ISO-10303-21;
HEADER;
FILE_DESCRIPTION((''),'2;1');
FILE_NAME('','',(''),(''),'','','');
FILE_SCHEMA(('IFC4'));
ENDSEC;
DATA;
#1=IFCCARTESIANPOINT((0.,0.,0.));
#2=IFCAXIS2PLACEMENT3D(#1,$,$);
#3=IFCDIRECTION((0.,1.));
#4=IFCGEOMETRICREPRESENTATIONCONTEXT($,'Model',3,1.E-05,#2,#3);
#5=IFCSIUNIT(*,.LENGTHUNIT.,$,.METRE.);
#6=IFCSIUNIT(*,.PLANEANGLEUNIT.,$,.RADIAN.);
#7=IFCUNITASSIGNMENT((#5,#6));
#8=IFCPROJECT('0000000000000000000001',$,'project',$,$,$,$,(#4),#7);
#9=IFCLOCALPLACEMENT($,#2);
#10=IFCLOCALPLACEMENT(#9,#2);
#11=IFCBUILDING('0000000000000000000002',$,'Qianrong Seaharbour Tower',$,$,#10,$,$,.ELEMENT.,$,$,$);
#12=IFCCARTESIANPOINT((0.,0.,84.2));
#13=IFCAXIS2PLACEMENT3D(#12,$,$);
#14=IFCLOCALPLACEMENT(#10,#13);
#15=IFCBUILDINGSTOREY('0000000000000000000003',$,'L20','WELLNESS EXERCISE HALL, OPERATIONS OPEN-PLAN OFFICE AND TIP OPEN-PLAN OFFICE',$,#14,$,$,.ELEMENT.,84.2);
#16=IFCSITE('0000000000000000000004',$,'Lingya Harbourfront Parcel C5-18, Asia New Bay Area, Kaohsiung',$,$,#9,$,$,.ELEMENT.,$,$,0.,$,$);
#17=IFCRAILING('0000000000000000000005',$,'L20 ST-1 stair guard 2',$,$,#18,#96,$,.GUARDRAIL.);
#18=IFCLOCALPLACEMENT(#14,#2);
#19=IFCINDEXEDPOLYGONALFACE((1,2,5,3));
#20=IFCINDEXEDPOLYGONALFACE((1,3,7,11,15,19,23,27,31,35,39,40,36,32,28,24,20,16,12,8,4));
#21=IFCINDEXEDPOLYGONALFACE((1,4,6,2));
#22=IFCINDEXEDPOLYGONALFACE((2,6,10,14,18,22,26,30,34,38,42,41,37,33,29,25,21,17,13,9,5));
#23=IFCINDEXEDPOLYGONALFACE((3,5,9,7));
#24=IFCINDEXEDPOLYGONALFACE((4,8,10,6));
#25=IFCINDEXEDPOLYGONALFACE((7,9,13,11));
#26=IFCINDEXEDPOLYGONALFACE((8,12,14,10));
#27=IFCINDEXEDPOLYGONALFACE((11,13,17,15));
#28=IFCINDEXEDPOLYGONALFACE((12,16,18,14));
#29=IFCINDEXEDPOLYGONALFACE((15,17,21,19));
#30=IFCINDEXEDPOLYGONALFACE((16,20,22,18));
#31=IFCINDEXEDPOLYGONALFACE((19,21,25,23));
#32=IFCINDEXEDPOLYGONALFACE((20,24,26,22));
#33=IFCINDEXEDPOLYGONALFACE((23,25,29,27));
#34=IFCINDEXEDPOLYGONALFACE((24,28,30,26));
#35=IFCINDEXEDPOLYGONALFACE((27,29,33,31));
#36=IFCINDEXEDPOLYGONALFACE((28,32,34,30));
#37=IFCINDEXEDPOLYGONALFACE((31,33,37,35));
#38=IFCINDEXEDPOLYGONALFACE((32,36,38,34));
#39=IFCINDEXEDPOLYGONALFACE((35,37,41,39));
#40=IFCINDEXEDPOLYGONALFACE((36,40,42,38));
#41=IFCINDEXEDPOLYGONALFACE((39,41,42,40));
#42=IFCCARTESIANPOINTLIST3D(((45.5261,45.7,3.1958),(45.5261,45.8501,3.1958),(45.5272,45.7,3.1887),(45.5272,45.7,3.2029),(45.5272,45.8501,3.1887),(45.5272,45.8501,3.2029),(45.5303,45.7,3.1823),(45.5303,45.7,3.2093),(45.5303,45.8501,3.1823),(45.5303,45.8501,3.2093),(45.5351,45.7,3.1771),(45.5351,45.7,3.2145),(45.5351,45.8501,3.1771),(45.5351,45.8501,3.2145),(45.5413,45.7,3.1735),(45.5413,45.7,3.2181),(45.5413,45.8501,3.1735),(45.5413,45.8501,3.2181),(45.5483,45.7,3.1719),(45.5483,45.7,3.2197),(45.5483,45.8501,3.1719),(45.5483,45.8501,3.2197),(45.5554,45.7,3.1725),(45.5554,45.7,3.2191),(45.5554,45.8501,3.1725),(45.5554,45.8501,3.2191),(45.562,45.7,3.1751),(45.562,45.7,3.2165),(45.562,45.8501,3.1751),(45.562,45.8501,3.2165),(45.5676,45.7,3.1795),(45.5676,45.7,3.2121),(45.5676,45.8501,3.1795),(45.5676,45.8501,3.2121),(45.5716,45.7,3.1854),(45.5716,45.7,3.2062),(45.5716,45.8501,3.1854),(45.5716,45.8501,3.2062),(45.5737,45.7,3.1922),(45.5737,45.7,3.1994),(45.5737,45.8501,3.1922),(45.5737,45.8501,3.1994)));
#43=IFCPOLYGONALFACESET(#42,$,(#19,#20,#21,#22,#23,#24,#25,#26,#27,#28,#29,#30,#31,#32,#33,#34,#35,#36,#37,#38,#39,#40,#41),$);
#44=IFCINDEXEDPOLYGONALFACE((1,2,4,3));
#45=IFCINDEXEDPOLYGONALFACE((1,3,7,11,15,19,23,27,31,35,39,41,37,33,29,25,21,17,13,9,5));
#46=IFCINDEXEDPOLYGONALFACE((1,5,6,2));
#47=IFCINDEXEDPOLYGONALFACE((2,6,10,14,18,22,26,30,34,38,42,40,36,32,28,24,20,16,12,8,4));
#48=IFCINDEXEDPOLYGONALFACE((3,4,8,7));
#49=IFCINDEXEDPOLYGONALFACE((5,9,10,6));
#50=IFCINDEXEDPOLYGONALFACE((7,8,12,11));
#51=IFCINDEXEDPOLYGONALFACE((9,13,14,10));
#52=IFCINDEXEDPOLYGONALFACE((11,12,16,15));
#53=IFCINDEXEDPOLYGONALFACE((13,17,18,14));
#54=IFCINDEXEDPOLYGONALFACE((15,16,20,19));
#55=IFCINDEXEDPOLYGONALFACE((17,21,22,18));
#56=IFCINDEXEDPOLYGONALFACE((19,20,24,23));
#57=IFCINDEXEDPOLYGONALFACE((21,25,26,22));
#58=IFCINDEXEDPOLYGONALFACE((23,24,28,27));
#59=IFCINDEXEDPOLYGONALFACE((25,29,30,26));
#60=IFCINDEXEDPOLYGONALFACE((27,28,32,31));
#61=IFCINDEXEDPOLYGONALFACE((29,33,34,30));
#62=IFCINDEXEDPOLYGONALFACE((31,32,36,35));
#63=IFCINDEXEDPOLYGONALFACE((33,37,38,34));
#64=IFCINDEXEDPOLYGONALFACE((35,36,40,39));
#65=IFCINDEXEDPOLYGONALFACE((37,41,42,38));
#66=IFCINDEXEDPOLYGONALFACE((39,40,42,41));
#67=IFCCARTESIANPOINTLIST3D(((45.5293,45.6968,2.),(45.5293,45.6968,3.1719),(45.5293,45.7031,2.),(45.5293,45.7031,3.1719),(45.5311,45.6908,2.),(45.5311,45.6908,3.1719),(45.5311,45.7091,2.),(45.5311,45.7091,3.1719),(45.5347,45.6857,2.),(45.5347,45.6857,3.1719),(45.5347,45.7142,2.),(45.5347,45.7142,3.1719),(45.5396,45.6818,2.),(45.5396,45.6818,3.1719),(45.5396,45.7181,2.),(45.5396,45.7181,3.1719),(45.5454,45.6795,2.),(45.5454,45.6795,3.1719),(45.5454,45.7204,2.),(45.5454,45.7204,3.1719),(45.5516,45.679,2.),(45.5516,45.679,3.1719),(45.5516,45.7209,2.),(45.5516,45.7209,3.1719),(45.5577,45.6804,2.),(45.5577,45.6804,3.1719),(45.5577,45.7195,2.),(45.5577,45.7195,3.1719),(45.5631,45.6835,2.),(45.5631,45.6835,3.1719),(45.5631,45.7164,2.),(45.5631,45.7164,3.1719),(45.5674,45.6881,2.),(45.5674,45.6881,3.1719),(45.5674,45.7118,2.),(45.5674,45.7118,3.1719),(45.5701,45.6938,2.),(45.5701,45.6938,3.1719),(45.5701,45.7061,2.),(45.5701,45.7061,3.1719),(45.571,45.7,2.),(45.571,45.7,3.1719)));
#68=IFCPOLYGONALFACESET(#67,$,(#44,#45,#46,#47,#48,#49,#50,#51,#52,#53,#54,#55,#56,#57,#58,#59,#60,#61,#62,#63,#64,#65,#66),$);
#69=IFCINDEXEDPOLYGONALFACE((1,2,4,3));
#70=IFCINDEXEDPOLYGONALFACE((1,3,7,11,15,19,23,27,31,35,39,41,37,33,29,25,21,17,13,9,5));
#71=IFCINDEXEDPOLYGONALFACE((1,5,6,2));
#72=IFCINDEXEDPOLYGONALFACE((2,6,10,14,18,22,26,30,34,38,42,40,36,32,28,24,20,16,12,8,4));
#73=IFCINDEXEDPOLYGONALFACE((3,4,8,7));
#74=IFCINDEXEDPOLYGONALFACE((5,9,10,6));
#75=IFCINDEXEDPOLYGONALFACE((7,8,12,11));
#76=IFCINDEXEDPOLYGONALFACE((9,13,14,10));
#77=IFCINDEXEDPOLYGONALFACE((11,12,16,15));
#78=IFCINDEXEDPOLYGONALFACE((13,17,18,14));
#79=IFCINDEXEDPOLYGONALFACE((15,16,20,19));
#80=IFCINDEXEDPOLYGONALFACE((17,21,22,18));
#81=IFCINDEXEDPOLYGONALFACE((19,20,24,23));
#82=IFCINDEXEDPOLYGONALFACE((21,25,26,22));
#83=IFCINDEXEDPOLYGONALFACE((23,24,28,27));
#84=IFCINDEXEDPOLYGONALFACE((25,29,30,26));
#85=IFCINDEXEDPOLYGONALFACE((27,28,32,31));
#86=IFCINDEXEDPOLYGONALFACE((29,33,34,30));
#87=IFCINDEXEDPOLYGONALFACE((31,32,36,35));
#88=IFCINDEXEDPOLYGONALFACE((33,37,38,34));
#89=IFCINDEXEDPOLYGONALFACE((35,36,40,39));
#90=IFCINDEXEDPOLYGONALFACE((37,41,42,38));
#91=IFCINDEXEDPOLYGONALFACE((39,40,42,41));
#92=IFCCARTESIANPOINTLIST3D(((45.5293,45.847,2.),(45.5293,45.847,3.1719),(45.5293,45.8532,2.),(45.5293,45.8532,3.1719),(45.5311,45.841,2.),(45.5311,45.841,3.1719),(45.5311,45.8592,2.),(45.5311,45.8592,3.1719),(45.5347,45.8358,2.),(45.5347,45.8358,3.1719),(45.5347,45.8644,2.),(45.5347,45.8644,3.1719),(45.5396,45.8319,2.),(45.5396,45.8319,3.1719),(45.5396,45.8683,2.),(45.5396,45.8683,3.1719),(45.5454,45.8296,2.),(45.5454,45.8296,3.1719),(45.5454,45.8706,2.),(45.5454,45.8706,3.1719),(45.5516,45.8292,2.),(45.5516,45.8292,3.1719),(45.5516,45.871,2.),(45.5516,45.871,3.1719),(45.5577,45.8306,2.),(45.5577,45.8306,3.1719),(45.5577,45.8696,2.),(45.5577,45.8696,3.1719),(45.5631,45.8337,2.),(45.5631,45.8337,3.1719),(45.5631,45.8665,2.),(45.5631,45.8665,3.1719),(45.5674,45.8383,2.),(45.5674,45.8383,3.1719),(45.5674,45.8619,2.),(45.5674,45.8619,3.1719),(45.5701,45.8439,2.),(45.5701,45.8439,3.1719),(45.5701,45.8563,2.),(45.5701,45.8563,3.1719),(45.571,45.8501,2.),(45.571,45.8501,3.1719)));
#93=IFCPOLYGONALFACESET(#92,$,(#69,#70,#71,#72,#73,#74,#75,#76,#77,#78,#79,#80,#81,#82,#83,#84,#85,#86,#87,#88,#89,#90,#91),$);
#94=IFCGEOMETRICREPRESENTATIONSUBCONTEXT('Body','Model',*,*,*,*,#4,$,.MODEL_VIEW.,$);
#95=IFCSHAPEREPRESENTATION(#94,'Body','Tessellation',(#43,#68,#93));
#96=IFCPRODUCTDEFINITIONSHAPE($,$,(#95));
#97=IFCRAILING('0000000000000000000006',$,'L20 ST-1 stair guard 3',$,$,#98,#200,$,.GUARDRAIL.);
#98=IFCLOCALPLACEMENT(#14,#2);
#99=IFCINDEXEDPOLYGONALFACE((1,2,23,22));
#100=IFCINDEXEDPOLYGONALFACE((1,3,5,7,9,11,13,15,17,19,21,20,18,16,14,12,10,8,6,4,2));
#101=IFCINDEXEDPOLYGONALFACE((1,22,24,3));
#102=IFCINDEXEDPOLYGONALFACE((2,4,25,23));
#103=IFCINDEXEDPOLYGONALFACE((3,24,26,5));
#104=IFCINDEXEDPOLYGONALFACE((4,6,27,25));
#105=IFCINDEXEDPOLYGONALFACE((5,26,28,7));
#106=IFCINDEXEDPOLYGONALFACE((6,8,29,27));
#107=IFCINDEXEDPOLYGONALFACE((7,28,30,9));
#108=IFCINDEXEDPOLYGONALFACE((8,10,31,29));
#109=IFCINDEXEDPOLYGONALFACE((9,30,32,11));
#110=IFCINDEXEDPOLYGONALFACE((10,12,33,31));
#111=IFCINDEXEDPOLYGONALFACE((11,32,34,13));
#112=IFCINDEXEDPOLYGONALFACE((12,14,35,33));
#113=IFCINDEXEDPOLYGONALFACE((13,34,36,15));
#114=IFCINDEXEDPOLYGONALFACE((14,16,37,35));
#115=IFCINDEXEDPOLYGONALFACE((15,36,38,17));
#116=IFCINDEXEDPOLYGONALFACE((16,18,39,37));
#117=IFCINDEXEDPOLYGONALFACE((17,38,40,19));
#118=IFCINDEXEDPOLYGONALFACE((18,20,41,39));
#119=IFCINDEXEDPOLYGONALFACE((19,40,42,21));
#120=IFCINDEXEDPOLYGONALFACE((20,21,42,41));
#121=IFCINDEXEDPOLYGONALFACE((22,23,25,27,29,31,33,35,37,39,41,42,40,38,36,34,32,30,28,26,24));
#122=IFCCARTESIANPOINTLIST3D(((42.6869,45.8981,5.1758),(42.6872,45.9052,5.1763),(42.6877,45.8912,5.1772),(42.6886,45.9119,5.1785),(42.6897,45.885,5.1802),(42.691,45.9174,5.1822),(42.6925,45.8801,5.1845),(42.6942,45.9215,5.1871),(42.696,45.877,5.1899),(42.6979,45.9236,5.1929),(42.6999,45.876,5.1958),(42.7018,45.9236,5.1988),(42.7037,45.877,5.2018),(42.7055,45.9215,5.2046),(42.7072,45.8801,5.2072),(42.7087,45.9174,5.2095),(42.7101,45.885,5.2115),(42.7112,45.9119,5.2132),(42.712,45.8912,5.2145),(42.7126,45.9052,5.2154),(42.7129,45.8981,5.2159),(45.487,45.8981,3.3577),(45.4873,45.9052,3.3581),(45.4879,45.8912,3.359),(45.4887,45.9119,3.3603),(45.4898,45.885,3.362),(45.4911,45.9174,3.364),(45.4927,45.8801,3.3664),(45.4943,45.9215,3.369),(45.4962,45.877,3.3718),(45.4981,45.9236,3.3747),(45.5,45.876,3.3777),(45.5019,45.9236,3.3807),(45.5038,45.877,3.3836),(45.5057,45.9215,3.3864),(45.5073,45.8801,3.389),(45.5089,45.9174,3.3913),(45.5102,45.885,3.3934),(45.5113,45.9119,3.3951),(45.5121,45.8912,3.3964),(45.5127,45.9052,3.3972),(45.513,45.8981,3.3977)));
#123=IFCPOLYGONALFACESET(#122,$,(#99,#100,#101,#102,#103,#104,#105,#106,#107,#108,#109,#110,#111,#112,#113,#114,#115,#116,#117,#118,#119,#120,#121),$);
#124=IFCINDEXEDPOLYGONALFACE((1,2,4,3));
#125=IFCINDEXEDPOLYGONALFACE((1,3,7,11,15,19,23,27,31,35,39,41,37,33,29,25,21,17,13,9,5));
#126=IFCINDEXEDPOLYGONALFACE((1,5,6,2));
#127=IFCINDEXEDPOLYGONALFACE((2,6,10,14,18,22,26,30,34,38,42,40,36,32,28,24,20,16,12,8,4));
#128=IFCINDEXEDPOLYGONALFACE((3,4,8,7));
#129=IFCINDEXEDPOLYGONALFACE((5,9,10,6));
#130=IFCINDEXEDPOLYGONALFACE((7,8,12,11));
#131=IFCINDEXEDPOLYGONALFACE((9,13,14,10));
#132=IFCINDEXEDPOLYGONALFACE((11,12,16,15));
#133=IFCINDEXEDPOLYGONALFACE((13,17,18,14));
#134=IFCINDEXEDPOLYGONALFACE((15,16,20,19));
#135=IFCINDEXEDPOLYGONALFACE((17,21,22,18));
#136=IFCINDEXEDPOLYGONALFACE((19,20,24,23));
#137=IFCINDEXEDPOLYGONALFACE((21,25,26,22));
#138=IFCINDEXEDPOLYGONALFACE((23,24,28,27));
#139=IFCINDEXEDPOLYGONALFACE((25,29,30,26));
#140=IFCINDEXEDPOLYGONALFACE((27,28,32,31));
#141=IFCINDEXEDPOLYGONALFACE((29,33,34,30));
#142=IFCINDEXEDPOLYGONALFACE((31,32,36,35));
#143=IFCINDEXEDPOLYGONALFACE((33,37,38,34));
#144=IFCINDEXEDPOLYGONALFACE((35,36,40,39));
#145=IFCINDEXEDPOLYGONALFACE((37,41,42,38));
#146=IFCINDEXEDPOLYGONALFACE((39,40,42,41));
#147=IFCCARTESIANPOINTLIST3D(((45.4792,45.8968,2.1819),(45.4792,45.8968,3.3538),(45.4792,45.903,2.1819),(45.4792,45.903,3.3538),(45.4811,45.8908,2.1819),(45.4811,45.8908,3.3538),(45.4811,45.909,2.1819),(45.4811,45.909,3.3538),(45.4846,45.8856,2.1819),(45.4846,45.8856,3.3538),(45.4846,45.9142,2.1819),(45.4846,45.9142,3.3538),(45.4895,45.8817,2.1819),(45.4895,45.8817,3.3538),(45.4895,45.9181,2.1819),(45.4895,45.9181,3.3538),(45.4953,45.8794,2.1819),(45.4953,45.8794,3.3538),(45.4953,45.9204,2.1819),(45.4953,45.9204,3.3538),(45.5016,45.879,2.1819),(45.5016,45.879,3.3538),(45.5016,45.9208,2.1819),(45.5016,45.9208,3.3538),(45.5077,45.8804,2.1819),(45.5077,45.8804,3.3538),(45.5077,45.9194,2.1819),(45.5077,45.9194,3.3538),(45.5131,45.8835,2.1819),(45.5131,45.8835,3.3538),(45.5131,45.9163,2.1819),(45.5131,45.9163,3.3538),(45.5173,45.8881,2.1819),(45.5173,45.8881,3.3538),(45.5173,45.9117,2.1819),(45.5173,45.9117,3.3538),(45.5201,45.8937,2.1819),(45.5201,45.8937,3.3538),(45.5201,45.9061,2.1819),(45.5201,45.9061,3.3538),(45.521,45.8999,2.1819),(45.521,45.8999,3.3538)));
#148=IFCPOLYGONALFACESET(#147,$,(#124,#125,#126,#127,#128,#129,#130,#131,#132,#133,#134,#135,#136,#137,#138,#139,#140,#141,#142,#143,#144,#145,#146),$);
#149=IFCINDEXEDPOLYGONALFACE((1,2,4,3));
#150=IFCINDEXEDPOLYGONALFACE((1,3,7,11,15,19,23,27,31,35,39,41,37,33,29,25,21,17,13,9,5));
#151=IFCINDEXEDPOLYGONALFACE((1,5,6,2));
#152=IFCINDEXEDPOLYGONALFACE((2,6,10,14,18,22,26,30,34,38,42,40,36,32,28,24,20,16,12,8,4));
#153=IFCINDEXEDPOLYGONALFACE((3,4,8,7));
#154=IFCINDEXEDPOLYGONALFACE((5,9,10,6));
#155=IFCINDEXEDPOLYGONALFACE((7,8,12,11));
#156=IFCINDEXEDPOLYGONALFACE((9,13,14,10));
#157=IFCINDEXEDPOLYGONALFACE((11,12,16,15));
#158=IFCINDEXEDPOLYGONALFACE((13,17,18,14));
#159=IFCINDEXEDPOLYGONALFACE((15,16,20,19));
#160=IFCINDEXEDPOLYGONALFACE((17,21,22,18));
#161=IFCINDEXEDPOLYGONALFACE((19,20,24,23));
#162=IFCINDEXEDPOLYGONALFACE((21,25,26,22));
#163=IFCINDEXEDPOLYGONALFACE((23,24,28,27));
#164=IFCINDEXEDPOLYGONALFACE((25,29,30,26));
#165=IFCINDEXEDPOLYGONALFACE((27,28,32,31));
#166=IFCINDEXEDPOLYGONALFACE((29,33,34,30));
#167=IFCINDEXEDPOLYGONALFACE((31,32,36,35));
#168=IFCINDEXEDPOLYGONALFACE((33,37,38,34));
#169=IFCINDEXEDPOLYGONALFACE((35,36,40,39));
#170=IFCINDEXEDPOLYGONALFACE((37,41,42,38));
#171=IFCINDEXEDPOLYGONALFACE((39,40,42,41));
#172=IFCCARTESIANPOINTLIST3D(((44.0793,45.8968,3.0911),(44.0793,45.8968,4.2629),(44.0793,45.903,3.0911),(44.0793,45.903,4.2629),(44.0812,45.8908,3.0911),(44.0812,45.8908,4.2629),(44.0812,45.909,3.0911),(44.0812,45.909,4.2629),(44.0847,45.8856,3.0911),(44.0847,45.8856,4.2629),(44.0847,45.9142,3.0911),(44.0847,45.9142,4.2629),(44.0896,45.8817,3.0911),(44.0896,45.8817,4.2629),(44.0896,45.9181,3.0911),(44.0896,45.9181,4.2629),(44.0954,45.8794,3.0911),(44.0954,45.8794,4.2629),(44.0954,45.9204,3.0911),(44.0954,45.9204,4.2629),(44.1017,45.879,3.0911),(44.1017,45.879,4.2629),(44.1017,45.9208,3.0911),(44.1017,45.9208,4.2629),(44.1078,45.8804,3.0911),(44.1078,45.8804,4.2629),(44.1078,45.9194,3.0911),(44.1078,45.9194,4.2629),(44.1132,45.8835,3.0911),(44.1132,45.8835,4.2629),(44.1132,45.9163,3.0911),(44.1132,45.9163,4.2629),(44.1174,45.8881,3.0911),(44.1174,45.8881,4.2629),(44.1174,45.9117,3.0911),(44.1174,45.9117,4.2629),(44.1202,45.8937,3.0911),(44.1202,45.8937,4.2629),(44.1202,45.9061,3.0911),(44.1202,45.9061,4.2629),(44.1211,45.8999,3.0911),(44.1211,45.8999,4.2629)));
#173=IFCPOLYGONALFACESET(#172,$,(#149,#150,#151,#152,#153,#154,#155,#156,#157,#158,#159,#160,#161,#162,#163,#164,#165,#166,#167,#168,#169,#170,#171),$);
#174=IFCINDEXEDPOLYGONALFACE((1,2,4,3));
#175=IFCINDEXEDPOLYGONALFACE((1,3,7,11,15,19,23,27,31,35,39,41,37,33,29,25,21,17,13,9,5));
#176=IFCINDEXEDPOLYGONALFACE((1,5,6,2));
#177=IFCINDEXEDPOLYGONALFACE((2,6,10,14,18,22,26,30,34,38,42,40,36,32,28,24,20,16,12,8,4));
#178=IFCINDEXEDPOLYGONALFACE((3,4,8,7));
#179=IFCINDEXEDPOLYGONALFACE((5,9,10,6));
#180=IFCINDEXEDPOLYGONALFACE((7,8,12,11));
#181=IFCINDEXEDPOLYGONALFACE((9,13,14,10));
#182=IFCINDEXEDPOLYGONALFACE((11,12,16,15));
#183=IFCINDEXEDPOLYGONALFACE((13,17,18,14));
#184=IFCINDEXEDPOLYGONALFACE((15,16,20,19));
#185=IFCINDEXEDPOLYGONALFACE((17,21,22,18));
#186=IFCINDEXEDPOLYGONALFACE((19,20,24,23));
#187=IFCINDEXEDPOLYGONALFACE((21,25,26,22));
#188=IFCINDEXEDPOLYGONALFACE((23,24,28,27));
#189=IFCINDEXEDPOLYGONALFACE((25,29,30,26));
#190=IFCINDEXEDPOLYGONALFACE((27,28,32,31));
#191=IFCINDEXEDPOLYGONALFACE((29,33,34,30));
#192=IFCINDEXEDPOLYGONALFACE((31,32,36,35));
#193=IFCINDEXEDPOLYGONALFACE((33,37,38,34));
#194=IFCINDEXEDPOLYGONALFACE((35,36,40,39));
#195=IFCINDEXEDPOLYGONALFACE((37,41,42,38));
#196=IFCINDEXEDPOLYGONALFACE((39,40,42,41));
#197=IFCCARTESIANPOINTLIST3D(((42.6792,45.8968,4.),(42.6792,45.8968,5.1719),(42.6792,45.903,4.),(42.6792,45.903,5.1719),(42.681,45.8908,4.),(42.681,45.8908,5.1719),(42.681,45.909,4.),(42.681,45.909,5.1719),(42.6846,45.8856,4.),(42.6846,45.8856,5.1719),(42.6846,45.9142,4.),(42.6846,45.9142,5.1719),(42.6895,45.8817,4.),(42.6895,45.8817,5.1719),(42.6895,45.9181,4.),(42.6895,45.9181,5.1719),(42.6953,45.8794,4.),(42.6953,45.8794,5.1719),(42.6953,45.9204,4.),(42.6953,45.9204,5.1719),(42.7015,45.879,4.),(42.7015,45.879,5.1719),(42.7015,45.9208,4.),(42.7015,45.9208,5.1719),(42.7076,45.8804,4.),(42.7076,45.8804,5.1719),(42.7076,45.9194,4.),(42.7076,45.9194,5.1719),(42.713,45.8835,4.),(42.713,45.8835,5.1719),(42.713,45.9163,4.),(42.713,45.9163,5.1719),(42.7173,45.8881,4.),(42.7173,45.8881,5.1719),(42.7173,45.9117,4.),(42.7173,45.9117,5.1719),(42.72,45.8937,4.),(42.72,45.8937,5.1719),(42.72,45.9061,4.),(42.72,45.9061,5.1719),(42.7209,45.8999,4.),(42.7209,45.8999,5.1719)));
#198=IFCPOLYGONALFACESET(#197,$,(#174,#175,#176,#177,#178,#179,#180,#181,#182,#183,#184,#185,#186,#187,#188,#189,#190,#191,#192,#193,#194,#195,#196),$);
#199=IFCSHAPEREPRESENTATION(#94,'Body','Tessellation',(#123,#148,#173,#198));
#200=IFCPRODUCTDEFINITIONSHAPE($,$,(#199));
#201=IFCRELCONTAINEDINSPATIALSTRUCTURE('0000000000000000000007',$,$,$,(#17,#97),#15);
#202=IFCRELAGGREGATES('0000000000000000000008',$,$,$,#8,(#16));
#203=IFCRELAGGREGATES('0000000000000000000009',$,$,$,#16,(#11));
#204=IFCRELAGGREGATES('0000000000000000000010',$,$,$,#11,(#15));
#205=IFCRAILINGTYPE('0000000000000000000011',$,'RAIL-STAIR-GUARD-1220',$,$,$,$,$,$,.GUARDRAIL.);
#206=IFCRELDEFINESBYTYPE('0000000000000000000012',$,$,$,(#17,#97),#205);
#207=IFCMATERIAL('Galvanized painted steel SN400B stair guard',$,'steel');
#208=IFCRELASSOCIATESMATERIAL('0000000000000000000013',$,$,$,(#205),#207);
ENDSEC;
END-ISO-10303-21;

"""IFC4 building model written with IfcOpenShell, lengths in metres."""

from ifc_helpers import new_model, si_unit, direction, frame, origin, origin_2d, place, context, subcontext, project, spatial, circle, extrude, material, type_object, element, save


model = new_model("IFC4")

# Units and contexts
model_context = context("Model", 3, precision=1e-05, world=origin(), true_north=direction((0.0, 1.0)))
body_context = subcontext(model_context, "Body", "Model", "MODEL_VIEW")
ifc_project = project(units=[si_unit("LENGTHUNIT", "METRE"), si_unit("PLANEANGLEUNIT", "RADIAN")], contexts=[model_context])

# Site, building, storey
site_placement = place(None, origin())
site = spatial("IfcSite", under=ifc_project, at=site_placement, Name="Lingya Harbourfront Parcel C5-18, Asia New Bay Area, Kaohsiung", CompositionType="ELEMENT", RefElevation=0.0)
building_placement = place(site_placement, origin())
building = spatial("IfcBuilding", under=site, at=building_placement, Name="Qianrong Seaharbour Tower", CompositionType="ELEMENT")
storey_placement = place(building_placement, frame((0.0, 0.0, 84.2)))
storey = spatial("IfcBuildingStorey", under=building, at=storey_placement, Name="L20", Description="WELLNESS EXERCISE HALL, OPERATIONS OPEN-PLAN OFFICE AND TIP OPEN-PLAN OFFICE", CompositionType="ELEMENT", Elevation=84.2)

# Railings
ifc_material_1 = material(Name="Galvanized painted steel SN400B stair guard", Category="steel")
railing_type_1 = type_object("IfcRailingType", Name="RAIL-STAIR-GUARD-1220", PredefinedType="GUARDRAIL", material=ifc_material_1)
railing_1_placement = place(storey_placement, frame((45.55, 45.7, 2.0)))
element("IfcRailing", 1, at=railing_1_placement, inside=storey, type_object=railing_type_1, Name="L20 ST-1 stair guard 2", PredefinedType="GUARDRAIL", context=body_context, shape_type="SweptSolid", body=[
    extrude(circle(Radius=0.0239, at=origin_2d()), frame((0.0, 0.0, 1.1958), z_axis=(0.0, 1.0, 0.0), x_axis=(-1.0, 0.0, 0.0)), (0.0, 0.0, 1.0), 0.1501),
    extrude(circle(Radius=0.021, at=origin_2d()), origin(), (0.0, 0.0, 1.0), 1.1719),
    extrude(circle(Radius=0.021, at=origin_2d()), frame((0.0, 0.1501, 0.0)), (0.0, 0.0, 1.0), 1.1719),
])
railing_2_placement = place(storey_placement, frame((45.5, 45.8999, 2.1819)))
element("IfcRailing", 2, at=railing_2_placement, inside=storey, type_object=railing_type_1, Name="L20 ST-1 stair guard 3", PredefinedType="GUARDRAIL", context=body_context, shape_type="SweptSolid", body=[
    extrude(circle(Radius=0.0239, at=origin_2d()), frame((0.0, 0.0, 1.1958), z_axis=(-0.838706, 0.0, 0.544585), x_axis=(0.0, -1.0, 0.0)), (0.0, 0.0, 1.0), 3.3386),
    extrude(circle(Radius=0.021, at=origin_2d()), origin(), (0.0, 0.0, 1.0), 1.1719),
    extrude(circle(Radius=0.021, at=origin_2d()), frame((-1.3999, 0.0, 0.9092)), (0.0, 0.0, 1.0), 1.1719),
    extrude(circle(Radius=0.021, at=origin_2d()), frame((-2.8, 0.0, 1.8181)), (0.0, 0.0, 1.0), 1.1719),
])

save(model, "model.ifc")
